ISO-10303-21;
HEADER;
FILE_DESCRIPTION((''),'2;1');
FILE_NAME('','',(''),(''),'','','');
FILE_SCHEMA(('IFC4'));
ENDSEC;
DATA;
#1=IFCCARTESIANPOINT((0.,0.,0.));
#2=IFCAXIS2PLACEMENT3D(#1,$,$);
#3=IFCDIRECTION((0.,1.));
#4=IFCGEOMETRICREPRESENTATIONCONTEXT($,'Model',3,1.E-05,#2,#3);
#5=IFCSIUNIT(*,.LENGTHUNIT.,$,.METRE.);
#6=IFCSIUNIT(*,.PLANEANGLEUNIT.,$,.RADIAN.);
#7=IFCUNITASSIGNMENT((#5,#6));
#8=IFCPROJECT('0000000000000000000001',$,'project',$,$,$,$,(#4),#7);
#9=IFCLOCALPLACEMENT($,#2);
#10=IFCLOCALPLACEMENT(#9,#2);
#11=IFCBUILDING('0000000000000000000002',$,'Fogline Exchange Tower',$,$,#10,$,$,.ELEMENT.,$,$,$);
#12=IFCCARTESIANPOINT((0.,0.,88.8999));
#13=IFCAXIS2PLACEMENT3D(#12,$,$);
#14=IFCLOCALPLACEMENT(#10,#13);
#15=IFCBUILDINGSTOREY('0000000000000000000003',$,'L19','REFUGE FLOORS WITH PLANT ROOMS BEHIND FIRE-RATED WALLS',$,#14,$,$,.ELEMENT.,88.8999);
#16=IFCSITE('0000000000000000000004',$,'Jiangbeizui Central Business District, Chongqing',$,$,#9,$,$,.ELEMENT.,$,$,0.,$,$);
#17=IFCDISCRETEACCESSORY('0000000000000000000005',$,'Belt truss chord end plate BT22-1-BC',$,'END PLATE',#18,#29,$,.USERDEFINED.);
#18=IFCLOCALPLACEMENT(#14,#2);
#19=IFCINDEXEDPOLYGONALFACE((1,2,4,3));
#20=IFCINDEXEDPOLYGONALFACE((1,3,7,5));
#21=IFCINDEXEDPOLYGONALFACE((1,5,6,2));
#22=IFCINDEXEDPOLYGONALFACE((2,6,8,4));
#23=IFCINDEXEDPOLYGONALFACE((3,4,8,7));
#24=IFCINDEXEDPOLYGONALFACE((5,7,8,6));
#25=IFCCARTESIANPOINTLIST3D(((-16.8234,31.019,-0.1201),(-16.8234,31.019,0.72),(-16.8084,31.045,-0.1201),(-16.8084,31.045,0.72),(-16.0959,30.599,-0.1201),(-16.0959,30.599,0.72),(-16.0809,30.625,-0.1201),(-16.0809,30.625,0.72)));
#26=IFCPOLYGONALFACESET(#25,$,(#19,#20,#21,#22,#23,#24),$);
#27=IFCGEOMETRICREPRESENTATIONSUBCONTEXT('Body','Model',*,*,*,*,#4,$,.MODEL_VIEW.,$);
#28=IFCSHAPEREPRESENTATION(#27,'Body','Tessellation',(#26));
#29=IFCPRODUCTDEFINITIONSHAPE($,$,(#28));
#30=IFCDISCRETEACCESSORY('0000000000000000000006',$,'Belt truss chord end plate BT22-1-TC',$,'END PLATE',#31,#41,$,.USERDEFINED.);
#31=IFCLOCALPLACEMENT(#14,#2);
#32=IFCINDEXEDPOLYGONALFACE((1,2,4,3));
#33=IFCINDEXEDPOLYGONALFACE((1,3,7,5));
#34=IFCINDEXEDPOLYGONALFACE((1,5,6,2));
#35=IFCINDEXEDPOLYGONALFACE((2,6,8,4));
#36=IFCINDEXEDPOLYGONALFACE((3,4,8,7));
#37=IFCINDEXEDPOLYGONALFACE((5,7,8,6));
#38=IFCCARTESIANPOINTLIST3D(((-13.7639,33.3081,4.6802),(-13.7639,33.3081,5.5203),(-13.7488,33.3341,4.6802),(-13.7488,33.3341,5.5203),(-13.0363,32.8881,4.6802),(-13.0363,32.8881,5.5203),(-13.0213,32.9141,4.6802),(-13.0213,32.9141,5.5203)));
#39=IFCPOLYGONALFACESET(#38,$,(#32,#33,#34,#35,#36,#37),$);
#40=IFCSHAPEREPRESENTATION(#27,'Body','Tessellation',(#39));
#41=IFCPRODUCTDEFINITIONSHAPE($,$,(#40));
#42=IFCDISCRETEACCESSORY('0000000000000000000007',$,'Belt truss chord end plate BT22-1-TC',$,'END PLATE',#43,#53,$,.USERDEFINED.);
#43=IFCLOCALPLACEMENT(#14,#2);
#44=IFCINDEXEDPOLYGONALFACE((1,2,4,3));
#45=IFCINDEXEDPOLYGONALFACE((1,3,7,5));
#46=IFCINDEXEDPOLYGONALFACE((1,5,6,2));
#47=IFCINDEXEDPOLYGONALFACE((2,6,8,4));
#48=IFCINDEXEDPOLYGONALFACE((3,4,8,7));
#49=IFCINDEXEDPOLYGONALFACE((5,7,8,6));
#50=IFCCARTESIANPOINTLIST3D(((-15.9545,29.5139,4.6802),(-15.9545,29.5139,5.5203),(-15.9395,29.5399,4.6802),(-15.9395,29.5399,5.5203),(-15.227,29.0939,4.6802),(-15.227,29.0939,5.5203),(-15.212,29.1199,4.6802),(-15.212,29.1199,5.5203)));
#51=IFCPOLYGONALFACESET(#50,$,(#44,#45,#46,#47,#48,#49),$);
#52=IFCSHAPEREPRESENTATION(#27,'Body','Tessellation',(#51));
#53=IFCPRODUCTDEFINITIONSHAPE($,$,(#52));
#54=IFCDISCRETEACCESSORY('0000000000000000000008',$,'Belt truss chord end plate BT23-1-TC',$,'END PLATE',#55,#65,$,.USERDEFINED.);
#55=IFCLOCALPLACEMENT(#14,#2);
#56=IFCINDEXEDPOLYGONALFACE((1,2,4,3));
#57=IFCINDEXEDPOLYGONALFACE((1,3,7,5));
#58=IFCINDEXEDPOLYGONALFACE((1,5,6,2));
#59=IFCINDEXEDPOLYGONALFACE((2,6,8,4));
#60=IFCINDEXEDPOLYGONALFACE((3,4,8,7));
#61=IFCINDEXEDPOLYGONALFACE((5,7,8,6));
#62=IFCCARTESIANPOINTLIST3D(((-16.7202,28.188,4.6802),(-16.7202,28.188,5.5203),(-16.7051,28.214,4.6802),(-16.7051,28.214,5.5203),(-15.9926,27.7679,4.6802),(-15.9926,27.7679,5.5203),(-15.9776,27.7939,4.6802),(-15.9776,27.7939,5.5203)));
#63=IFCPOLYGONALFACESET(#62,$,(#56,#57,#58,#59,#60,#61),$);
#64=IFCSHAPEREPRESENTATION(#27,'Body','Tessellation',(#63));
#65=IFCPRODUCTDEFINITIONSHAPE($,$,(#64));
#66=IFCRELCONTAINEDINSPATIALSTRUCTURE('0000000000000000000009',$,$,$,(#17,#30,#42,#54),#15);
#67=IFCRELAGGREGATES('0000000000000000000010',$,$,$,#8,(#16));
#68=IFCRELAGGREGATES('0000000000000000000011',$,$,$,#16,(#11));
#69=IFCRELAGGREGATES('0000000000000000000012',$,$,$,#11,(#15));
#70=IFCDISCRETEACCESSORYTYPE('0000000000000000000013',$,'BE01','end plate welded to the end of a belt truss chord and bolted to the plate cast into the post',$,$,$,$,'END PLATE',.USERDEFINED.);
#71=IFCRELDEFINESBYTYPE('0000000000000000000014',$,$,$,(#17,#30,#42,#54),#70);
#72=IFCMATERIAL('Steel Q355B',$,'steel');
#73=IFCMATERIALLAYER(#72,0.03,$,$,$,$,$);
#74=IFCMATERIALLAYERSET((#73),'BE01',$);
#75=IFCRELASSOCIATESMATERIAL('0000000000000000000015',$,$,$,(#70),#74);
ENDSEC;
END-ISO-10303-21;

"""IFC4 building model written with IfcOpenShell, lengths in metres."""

from ifc_helpers import new_model, si_unit, direction, frame, origin, origin_2d, place, context, subcontext, project, spatial, rectangle, extrude, material, layer, layer_set, type_object, element, save


model = new_model("IFC4")

# Units and contexts
model_context = context("Model", 3, precision=1e-05, world=origin(), true_north=direction((0.0, 1.0)))
body_context = subcontext(model_context, "Body", "Model", "MODEL_VIEW")
ifc_project = project(units=[si_unit("LENGTHUNIT", "METRE"), si_unit("PLANEANGLEUNIT", "RADIAN")], contexts=[model_context])

# Site, building, storey
site_placement = place(None, origin())
site = spatial("IfcSite", under=ifc_project, at=site_placement, Name="Jiangbeizui Central Business District, Chongqing", CompositionType="ELEMENT", RefElevation=0.0)
building_placement = place(site_placement, origin())
building = spatial("IfcBuilding", under=site, at=building_placement, Name="Fogline Exchange Tower", CompositionType="ELEMENT")
storey_placement = place(building_placement, frame((0.0, 0.0, 88.8999)))
storey = spatial("IfcBuildingStorey", under=building, at=storey_placement, Name="L19", Description="REFUGE FLOORS WITH PLANT ROOMS BEHIND FIRE-RATED WALLS", CompositionType="ELEMENT", Elevation=88.8999)

# Shared definitions
ifc_material_1 = material(Name="Steel Q355B", Category="steel")

# Discrete accessories
ifc_layer_1 = layer(ifc_material_1, 0.03)
ifc_layer_set_1 = layer_set([ifc_layer_1], Name="BE01")
discrete_accessory_type = type_object("IfcDiscreteAccessoryType", Name="BE01", Description="end plate welded to the end of a belt truss chord and bolted to the plate cast into the post", ElementType="END PLATE", PredefinedType="USERDEFINED", material=ifc_layer_set_1)
for number, where, z_axis, x_axis, name in (
    (1, (-16.4521, 30.822, -0.1201), (0.0, 0.0, 1.0), (-0.5, -0.866025, 0.0), "Belt truss chord end plate BT22-1-BC"),
    (2, (-13.3926, 33.1111, 4.6802), (0.0, 0.0, 1.0), (0.5, 0.866025, 0.0), "Belt truss chord end plate BT22-1-TC"),
    (3, (-15.5833, 29.3169, 4.6802), (0.0, 0.0, 1.0), (-0.5, -0.866025, 0.0), "Belt truss chord end plate BT22-1-TC"),
    (4, (-16.3489, 27.991, 4.6802), (0.0, 0.0, 1.0), (0.5, 0.866025, 0.0), "Belt truss chord end plate BT23-1-TC"),
):
    element("IfcDiscreteAccessory", number, at=place(storey_placement, frame(where, z_axis=z_axis, x_axis=x_axis)), inside=storey, type_object=discrete_accessory_type, Name=name, ObjectType="END PLATE", PredefinedType="USERDEFINED", context=body_context, shape_type="SweptSolid", body=[
        extrude(rectangle(XDim=0.03, YDim=0.8401, at=origin_2d()), origin(), (0.0, 0.0, 1.0), 0.8401),
    ])

save(model, "model.ifc")
